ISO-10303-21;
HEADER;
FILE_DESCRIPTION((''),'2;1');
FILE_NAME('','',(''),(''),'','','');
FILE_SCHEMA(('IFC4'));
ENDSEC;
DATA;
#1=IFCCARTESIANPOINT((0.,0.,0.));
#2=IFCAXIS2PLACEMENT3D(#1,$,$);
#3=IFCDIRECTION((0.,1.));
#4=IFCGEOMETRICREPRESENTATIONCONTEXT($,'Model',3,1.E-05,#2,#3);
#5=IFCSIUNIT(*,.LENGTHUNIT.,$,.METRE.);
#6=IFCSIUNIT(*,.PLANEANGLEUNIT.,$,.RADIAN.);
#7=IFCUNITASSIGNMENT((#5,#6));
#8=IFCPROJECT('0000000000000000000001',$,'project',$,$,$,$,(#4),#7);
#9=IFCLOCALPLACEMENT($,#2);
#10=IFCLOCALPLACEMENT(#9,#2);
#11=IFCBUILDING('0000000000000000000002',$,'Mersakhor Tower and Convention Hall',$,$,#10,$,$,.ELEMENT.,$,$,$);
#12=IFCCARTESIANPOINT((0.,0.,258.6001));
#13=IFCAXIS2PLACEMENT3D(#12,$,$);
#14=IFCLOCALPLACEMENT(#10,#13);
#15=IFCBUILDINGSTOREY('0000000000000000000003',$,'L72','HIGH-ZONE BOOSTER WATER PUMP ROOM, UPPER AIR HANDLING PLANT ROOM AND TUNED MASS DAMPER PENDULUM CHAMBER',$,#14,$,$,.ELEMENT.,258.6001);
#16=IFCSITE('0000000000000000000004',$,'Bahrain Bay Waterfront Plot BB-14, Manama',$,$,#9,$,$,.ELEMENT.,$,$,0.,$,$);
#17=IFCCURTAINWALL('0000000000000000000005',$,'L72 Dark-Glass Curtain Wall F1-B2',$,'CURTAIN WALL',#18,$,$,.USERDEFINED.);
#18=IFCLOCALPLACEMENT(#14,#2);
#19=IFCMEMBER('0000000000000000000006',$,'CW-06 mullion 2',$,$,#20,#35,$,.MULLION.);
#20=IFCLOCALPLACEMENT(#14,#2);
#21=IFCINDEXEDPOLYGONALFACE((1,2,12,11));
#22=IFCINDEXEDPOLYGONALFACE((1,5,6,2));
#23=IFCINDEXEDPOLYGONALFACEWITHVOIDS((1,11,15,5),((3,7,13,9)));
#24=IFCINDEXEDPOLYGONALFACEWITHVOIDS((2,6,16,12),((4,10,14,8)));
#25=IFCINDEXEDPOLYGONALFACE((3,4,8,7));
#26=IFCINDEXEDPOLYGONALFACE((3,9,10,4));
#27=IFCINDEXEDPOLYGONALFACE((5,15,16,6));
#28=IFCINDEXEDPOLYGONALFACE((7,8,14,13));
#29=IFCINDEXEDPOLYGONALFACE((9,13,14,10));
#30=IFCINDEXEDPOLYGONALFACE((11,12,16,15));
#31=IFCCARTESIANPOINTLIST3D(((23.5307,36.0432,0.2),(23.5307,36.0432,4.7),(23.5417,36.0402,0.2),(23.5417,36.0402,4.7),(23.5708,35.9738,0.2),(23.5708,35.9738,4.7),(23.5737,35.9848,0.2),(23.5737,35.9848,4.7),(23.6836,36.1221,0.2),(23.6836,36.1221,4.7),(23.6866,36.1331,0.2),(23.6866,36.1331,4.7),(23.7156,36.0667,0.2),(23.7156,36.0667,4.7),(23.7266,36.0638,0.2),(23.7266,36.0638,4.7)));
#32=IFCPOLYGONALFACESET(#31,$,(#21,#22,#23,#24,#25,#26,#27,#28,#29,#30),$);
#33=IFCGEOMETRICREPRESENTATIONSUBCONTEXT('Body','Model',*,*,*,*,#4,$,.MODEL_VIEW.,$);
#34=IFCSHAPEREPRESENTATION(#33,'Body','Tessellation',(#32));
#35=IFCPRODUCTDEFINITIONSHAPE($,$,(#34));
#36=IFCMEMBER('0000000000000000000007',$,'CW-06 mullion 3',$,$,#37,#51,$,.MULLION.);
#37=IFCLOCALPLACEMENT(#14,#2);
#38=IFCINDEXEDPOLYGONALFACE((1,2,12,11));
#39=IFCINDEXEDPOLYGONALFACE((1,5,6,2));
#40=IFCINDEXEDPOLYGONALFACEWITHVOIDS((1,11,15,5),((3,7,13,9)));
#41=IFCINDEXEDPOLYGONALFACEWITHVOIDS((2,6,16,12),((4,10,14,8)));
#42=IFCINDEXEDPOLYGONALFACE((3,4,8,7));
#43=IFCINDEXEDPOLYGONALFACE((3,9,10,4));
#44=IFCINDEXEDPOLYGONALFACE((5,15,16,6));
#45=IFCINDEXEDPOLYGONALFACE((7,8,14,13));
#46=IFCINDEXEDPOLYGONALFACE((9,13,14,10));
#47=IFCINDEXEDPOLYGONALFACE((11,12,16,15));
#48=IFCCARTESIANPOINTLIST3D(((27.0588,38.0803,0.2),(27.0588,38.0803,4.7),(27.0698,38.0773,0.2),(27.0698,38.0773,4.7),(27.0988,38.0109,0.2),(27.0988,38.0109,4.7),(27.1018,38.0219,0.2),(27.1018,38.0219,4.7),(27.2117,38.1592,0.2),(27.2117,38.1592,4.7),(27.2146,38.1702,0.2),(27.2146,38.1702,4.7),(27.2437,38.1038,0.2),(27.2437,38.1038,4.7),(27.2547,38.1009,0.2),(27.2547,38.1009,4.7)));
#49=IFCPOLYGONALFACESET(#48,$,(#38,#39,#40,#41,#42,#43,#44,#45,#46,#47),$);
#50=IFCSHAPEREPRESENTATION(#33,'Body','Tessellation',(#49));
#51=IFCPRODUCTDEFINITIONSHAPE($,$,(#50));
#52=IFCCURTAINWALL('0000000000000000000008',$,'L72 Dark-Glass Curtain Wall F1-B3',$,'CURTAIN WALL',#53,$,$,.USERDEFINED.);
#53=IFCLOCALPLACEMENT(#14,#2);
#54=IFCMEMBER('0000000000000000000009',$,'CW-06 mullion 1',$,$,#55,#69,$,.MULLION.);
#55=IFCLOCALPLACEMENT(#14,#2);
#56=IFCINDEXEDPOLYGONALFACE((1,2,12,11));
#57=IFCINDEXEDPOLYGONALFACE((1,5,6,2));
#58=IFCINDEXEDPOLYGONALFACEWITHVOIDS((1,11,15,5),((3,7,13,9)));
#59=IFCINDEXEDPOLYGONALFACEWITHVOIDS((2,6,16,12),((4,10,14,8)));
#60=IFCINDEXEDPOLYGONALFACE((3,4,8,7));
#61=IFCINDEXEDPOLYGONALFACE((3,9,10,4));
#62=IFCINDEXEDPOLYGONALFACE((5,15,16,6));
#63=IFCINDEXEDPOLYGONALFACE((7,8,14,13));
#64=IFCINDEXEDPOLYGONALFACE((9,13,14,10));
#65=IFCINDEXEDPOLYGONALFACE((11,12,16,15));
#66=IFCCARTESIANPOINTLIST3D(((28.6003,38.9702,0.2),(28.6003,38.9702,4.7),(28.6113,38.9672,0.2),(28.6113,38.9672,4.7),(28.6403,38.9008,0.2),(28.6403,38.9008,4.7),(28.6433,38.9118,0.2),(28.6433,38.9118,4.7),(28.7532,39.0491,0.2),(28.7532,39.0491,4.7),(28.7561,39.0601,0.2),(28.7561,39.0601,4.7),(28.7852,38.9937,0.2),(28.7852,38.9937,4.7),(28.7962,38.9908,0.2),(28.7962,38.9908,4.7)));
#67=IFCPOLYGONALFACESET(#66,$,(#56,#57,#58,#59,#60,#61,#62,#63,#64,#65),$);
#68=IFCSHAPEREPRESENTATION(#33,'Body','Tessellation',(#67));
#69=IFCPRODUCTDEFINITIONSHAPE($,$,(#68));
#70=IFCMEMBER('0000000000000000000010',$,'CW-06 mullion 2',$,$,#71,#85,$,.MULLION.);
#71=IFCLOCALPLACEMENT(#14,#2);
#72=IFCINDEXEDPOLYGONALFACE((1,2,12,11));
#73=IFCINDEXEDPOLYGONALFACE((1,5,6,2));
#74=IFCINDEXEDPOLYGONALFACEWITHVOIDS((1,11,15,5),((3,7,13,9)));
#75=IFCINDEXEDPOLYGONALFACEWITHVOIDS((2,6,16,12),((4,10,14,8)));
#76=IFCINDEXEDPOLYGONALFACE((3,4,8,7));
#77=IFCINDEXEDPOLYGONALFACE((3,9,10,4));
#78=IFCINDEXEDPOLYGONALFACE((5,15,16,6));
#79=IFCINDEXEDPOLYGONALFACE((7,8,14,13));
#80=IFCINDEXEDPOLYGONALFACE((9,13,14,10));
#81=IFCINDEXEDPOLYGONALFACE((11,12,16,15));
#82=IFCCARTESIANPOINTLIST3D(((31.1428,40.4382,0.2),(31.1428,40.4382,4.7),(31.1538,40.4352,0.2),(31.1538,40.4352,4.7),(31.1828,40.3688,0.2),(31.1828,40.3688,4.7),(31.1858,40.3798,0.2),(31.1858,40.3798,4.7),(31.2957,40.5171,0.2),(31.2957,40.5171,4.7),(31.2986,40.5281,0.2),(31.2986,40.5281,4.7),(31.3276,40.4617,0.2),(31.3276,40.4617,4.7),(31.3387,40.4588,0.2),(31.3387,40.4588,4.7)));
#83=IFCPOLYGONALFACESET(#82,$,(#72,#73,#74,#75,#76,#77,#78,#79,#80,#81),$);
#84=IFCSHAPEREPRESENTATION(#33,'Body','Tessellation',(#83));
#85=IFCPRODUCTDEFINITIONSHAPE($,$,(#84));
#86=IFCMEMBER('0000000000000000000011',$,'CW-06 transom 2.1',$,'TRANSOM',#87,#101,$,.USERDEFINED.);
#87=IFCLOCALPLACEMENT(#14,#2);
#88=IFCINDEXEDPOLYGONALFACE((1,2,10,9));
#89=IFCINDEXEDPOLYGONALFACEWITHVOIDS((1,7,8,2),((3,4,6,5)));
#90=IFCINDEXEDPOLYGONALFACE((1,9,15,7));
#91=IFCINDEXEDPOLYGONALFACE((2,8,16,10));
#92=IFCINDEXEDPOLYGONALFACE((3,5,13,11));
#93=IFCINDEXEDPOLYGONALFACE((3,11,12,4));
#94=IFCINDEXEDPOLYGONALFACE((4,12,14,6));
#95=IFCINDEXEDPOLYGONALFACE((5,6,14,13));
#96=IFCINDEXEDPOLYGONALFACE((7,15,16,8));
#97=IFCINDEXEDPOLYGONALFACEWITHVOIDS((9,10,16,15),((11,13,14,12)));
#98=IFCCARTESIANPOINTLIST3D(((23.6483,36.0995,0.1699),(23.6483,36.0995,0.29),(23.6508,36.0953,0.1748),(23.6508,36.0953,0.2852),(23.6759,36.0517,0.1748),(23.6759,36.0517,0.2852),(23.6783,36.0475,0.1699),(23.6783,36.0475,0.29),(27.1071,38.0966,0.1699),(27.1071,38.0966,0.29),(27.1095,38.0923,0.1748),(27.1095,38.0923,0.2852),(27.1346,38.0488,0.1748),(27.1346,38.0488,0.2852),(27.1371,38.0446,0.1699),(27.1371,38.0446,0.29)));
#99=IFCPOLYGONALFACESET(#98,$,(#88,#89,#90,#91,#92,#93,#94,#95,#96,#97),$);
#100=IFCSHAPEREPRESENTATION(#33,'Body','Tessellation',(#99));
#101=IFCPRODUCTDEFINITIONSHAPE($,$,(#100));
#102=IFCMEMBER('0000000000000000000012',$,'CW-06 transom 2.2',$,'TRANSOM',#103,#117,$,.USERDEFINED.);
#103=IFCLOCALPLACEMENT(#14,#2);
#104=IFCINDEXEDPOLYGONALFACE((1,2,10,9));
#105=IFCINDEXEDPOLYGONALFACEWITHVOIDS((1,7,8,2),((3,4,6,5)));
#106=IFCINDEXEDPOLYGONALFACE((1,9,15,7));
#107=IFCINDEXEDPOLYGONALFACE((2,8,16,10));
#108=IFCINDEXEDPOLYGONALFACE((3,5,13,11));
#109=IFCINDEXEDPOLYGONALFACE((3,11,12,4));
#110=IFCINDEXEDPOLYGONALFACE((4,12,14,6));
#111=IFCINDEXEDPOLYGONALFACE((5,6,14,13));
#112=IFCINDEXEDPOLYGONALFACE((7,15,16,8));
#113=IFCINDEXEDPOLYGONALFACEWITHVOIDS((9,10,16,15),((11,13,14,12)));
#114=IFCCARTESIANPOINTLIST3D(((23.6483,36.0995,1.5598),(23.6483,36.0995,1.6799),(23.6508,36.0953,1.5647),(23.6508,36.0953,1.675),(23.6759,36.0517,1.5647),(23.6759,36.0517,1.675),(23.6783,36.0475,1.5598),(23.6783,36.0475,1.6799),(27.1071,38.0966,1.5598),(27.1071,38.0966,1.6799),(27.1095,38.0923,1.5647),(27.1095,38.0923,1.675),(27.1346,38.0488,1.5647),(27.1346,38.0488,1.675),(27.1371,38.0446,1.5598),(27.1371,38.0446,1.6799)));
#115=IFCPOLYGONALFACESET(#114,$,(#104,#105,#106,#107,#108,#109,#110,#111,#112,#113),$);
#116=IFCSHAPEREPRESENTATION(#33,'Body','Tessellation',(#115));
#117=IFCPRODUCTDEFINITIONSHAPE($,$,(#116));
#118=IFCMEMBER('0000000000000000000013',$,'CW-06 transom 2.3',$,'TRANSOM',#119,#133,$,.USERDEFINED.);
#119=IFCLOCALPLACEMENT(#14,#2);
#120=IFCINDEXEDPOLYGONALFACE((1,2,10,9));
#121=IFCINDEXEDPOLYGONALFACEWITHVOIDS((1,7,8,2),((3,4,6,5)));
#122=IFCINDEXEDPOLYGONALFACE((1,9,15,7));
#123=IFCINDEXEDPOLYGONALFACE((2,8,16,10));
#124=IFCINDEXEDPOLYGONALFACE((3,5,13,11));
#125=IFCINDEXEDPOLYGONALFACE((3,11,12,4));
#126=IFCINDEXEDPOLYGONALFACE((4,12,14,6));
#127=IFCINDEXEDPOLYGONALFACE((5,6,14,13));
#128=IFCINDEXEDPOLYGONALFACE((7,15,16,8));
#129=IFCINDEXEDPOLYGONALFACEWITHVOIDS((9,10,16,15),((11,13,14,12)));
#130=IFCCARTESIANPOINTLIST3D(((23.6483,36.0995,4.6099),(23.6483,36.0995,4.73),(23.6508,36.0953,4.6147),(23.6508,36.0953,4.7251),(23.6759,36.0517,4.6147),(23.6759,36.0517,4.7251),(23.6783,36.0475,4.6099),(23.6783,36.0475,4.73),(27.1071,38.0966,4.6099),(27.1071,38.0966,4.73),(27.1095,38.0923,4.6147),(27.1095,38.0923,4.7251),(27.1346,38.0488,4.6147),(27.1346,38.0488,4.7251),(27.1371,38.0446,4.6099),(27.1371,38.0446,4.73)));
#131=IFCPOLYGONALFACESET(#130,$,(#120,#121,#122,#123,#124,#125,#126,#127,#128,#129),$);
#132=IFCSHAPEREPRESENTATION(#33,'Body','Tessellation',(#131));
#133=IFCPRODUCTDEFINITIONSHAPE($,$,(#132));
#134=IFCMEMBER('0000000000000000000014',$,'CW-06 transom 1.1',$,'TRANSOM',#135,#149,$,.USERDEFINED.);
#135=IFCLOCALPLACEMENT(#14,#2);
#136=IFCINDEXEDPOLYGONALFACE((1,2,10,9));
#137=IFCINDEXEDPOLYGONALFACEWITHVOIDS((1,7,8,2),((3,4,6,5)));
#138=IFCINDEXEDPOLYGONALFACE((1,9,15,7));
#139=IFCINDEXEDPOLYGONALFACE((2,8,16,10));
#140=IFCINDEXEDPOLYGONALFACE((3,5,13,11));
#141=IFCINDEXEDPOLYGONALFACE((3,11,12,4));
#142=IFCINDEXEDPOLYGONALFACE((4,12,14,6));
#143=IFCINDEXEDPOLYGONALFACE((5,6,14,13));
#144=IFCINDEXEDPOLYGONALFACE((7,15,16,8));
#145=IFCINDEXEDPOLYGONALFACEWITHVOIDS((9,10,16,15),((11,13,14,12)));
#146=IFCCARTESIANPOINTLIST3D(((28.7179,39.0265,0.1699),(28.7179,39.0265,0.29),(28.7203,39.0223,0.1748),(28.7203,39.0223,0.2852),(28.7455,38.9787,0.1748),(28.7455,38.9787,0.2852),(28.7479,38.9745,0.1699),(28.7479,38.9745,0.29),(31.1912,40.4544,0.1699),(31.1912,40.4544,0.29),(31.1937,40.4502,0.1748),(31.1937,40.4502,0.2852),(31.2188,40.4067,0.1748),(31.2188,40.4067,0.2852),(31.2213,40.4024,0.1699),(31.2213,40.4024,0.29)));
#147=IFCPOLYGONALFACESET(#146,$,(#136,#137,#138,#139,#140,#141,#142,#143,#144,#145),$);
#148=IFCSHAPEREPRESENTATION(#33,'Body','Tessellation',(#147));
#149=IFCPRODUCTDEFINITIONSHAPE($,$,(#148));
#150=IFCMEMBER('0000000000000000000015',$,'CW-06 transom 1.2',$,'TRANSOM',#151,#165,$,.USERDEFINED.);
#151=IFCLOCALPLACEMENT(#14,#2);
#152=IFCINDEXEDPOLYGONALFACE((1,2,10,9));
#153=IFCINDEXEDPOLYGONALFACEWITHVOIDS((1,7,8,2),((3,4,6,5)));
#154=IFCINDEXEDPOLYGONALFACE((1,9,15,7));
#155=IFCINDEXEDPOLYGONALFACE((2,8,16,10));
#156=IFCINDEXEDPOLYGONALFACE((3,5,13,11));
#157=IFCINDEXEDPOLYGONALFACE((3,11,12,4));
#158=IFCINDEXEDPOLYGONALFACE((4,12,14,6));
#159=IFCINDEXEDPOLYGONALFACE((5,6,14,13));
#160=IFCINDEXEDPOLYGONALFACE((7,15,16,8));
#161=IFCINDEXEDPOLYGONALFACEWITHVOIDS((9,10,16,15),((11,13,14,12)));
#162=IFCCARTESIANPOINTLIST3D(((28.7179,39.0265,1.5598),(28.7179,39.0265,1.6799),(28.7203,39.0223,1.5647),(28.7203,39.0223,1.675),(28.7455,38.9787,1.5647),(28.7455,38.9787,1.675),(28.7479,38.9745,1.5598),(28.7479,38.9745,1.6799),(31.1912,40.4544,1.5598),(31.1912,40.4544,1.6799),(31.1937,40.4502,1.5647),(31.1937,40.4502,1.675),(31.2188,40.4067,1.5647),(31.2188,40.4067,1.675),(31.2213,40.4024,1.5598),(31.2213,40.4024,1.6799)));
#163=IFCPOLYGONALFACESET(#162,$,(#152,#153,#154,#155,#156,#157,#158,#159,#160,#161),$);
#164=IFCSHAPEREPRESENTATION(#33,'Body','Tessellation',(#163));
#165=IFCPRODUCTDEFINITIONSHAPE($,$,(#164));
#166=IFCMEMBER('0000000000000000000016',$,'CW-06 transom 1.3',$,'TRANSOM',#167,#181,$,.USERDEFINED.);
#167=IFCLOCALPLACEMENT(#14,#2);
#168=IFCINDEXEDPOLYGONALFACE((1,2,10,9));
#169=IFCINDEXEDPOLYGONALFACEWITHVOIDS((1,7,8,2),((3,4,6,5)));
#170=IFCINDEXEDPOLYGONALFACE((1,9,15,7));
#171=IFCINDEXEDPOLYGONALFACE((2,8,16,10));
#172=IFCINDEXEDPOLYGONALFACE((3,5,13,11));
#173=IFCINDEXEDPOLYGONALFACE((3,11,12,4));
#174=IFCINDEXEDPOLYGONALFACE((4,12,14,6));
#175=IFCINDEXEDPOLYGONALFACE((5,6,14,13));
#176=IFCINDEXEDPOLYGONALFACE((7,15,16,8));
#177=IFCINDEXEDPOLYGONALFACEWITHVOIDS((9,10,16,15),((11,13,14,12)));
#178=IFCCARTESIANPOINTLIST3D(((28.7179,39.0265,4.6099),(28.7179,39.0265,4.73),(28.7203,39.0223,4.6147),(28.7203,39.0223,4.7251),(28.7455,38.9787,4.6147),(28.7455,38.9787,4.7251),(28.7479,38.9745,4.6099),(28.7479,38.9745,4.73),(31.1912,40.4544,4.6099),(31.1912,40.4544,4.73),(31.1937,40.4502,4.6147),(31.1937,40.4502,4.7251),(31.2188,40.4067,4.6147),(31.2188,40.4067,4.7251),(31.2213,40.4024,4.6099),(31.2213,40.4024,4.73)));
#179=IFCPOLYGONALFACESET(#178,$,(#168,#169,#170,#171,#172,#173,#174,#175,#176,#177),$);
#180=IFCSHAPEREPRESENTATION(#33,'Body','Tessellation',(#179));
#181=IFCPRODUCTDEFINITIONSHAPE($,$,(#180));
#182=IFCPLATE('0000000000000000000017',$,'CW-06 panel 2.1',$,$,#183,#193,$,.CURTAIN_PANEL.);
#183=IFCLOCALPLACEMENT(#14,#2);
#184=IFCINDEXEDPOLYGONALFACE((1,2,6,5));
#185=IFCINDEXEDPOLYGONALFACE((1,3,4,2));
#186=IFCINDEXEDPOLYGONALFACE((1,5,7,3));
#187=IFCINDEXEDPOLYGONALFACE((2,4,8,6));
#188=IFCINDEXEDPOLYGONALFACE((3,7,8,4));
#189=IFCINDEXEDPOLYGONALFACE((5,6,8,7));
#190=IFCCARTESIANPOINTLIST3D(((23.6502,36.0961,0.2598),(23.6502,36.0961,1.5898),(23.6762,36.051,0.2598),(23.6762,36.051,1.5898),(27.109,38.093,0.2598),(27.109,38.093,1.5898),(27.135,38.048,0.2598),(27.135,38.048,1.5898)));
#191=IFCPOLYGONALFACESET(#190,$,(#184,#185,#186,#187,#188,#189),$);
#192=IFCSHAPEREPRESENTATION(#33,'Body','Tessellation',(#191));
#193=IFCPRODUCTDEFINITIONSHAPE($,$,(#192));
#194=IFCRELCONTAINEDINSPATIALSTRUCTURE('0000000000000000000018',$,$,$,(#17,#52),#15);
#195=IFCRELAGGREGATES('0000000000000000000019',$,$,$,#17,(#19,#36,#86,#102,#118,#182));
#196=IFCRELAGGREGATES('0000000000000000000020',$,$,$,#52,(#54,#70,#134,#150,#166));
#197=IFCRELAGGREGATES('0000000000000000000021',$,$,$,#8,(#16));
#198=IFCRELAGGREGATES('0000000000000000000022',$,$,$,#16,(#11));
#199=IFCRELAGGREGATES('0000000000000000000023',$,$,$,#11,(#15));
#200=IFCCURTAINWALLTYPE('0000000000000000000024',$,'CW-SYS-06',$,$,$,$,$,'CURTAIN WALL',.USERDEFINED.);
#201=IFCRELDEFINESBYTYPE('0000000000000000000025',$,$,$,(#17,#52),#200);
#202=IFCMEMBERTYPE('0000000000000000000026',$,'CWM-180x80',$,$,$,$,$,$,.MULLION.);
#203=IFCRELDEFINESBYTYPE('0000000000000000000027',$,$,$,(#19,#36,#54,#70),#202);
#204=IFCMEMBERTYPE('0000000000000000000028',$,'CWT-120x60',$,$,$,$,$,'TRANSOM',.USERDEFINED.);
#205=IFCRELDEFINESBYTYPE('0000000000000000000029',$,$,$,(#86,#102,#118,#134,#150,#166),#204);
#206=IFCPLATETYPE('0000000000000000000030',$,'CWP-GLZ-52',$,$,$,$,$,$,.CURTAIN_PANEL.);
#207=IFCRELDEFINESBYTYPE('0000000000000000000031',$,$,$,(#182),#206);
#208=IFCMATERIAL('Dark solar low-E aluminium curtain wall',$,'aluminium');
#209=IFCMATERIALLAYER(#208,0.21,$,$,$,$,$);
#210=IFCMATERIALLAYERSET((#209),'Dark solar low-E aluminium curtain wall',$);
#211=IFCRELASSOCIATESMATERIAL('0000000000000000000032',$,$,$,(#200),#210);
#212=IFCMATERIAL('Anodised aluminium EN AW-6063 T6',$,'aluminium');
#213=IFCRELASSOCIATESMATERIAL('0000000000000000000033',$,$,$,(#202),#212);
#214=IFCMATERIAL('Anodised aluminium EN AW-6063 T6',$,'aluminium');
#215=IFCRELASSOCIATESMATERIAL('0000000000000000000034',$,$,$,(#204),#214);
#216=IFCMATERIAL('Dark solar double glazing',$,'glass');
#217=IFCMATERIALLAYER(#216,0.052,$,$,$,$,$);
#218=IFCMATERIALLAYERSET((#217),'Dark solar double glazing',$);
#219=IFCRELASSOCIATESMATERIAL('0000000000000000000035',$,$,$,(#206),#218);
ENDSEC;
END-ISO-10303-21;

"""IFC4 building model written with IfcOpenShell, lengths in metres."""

from ifc_helpers import new_model, si_unit, direction, frame, origin, origin_2d, place, context, subcontext, project, spatial, rectangle, hollow_rectangle, extrude, material, layer, layer_set, material_profile, profile_set, type_object, element, aggregate, save


model = new_model("IFC4")

# Units and contexts
model_context = context("Model", 3, precision=1e-05, world=origin(), true_north=direction((0.0, 1.0)))
body_context = subcontext(model_context, "Body", "Model", "MODEL_VIEW")
ifc_project = project(units=[si_unit("LENGTHUNIT", "METRE"), si_unit("PLANEANGLEUNIT", "RADIAN")], contexts=[model_context])

# Site, building, storey
site_placement = place(None, origin())
site = spatial("IfcSite", under=ifc_project, at=site_placement, Name="Bahrain Bay Waterfront Plot BB-14, Manama", CompositionType="ELEMENT", RefElevation=0.0)
building_placement = place(site_placement, origin())
building = spatial("IfcBuilding", under=site, at=building_placement, Name="Mersakhor Tower and Convention Hall", CompositionType="ELEMENT")
storey_placement = place(building_placement, frame((0.0, 0.0, 258.6001)))
storey = spatial("IfcBuildingStorey", under=building, at=storey_placement, Name="L72", Description="HIGH-ZONE BOOSTER WATER PUMP ROOM, UPPER AIR HANDLING PLANT ROOM AND TUNED MASS DAMPER PENDULUM CHAMBER", CompositionType="ELEMENT", Elevation=258.6001)

# Curtain walls, members
ifc_material_1 = material(Name="Dark solar low-E aluminium curtain wall", Category="aluminium")
ifc_layer_1 = layer(ifc_material_1, 0.21)
ifc_layer_set_1 = layer_set([ifc_layer_1], Name="Dark solar low-E aluminium curtain wall")
curtain_wall_type = type_object("IfcCurtainWallType", Name="CW-SYS-06", ElementType="CURTAIN WALL", PredefinedType="USERDEFINED", material=ifc_layer_set_1)
curtain_wall_1_placement = place(storey_placement, origin())
curtain_wall_1 = element("IfcCurtainWall", 1, at=curtain_wall_1_placement, inside=storey, type_object=curtain_wall_type, Name="L72 Dark-Glass Curtain Wall F1-B2", ObjectType="CURTAIN WALL", PredefinedType="USERDEFINED")
ifc_material_2 = material(Name="Anodised aluminium EN AW-6063 T6", Category="aluminium")
ifc_material_profile_1 = material_profile(ifc_material_2, hollow_rectangle(XDim=0.0801, YDim=0.1799, WallThickness=0.0081, at=origin_2d()), Name="RHS 180x80x8")
ifc_profile_set_1 = profile_set([ifc_material_profile_1], Name="Anodised aluminium EN AW-6063 T6")
member_type_1 = type_object("IfcMemberType", Name="CWM-180x80", PredefinedType="MULLION", material=ifc_profile_set_1)
member_1_placement = place(storey_placement, frame((23.6287, 36.0535, 0.2), z_axis=(0.0, 0.0, 1.0), x_axis=(-0.500004, 0.866023, 0.0)))
member_1 = element("IfcMember", 2, at=member_1_placement, type_object=member_type_1, Name="CW-06 mullion 2", PredefinedType="MULLION", context=body_context, shape_type="SweptSolid", body=[
    extrude(hollow_rectangle(XDim=0.0801, YDim=0.1799, WallThickness=0.0081, at=origin_2d()), origin(), (0.0, 0.0, 1.0), 4.5),
])
member_2_placement = place(storey_placement, frame((27.1567, 38.0906, 0.2), z_axis=(0.0, 0.0, 1.0), x_axis=(-0.500004, 0.866023, 0.0)))
member_2 = element("IfcMember", 3, at=member_2_placement, type_object=member_type_1, Name="CW-06 mullion 3", PredefinedType="MULLION", context=body_context, shape_type="SweptSolid", body=[
    extrude(hollow_rectangle(XDim=0.0801, YDim=0.1799, WallThickness=0.0081, at=origin_2d()), origin(), (0.0, 0.0, 1.0), 4.5),
])
curtain_wall_2_placement = place(storey_placement, origin())
curtain_wall_2 = element("IfcCurtainWall", 4, at=curtain_wall_2_placement, inside=storey, type_object=curtain_wall_type, Name="L72 Dark-Glass Curtain Wall F1-B3", ObjectType="CURTAIN WALL", PredefinedType="USERDEFINED")
member_3_placement = place(storey_placement, frame((28.6982, 38.9805, 0.2), z_axis=(0.0, 0.0, 1.0), x_axis=(-0.5, 0.866025, 0.0)))
member_3 = element("IfcMember", 5, at=member_3_placement, type_object=member_type_1, Name="CW-06 mullion 1", PredefinedType="MULLION", context=body_context, shape_type="SweptSolid", body=[
    extrude(hollow_rectangle(XDim=0.0801, YDim=0.1799, WallThickness=0.0081, at=origin_2d()), origin(), (0.0, 0.0, 1.0), 4.5),
])
member_4_placement = place(storey_placement, frame((31.2407, 40.4485, 0.2), z_axis=(0.0, 0.0, 1.0), x_axis=(-0.5, 0.866025, 0.0)))
member_4 = element("IfcMember", 6, at=member_4_placement, type_object=member_type_1, Name="CW-06 mullion 2", PredefinedType="MULLION", context=body_context, shape_type="SweptSolid", body=[
    extrude(hollow_rectangle(XDim=0.0801, YDim=0.1799, WallThickness=0.0081, at=origin_2d()), origin(), (0.0, 0.0, 1.0), 4.5),
])

# Members
ifc_material_3 = material(Name="Anodised aluminium EN AW-6063 T6", Category="aluminium")
ifc_material_profile_2 = material_profile(ifc_material_3, hollow_rectangle(XDim=0.0601, YDim=0.1201, WallThickness=0.0049, at=origin_2d()), Name="RHS 120x60x5")
ifc_profile_set_2 = profile_set([ifc_material_profile_2], Name="Anodised aluminium EN AW-6063 T6")
member_type_2 = type_object("IfcMemberType", Name="CWT-120x60", ElementType="TRANSOM", PredefinedType="USERDEFINED", material=ifc_profile_set_2)
member_5_placement = place(storey_placement, frame((23.6633, 36.0735, 0.23), z_axis=(0.866007, 0.500031, 0.0), x_axis=(-0.500031, 0.866007, 0.0)))
member_5 = element("IfcMember", 7, at=member_5_placement, type_object=member_type_2, Name="CW-06 transom 2.1", ObjectType="TRANSOM", PredefinedType="USERDEFINED", context=body_context, shape_type="SweptSolid", body=[
    extrude(hollow_rectangle(XDim=0.0601, YDim=0.1201, WallThickness=0.0049, at=origin_2d()), origin(), (0.0, 0.0, 1.0), 3.9939),
])
member_6_placement = place(storey_placement, frame((23.6633, 36.0735, 1.6199), z_axis=(0.866007, 0.500031, 0.0), x_axis=(-0.500031, 0.866007, 0.0)))
member_6 = element("IfcMember", 8, at=member_6_placement, type_object=member_type_2, Name="CW-06 transom 2.2", ObjectType="TRANSOM", PredefinedType="USERDEFINED", context=body_context, shape_type="SweptSolid", body=[
    extrude(hollow_rectangle(XDim=0.0601, YDim=0.1201, WallThickness=0.0049, at=origin_2d()), origin(), (0.0, 0.0, 1.0), 3.9939),
])
member_7_placement = place(storey_placement, frame((23.6633, 36.0735, 4.6699), z_axis=(0.866007, 0.500031, 0.0), x_axis=(-0.500031, 0.866007, 0.0)))
member_7 = element("IfcMember", 9, at=member_7_placement, type_object=member_type_2, Name="CW-06 transom 2.3", ObjectType="TRANSOM", PredefinedType="USERDEFINED", context=body_context, shape_type="SweptSolid", body=[
    extrude(hollow_rectangle(XDim=0.0601, YDim=0.1201, WallThickness=0.0049, at=origin_2d()), origin(), (0.0, 0.0, 1.0), 3.9939),
])
member_8_placement = place(storey_placement, frame((28.7329, 39.0005, 0.23), z_axis=(0.86603, 0.499991, 0.0), x_axis=(-0.499991, 0.86603, 0.0)))
member_8 = element("IfcMember", 10, at=member_8_placement, type_object=member_type_2, Name="CW-06 transom 1.1", ObjectType="TRANSOM", PredefinedType="USERDEFINED", context=body_context, shape_type="SweptSolid", body=[
    extrude(hollow_rectangle(XDim=0.0601, YDim=0.1201, WallThickness=0.0049, at=origin_2d()), origin(), (0.0, 0.0, 1.0), 2.856),
])
member_9_placement = place(storey_placement, frame((28.7329, 39.0005, 1.6199), z_axis=(0.86603, 0.499991, 0.0), x_axis=(-0.499991, 0.86603, 0.0)))
member_9 = element("IfcMember", 11, at=member_9_placement, type_object=member_type_2, Name="CW-06 transom 1.2", ObjectType="TRANSOM", PredefinedType="USERDEFINED", context=body_context, shape_type="SweptSolid", body=[
    extrude(hollow_rectangle(XDim=0.0601, YDim=0.1201, WallThickness=0.0049, at=origin_2d()), origin(), (0.0, 0.0, 1.0), 2.856),
])
member_10_placement = place(storey_placement, frame((28.7329, 39.0005, 4.6699), z_axis=(0.86603, 0.499991, 0.0), x_axis=(-0.499991, 0.86603, 0.0)))
member_10 = element("IfcMember", 12, at=member_10_placement, type_object=member_type_2, Name="CW-06 transom 1.3", ObjectType="TRANSOM", PredefinedType="USERDEFINED", context=body_context, shape_type="SweptSolid", body=[
    extrude(hollow_rectangle(XDim=0.0601, YDim=0.1201, WallThickness=0.0049, at=origin_2d()), origin(), (0.0, 0.0, 1.0), 2.856),
])

# Plate
ifc_material_4 = material(Name="Dark solar double glazing", Category="glass")
ifc_layer_2 = layer(ifc_material_4, 0.052)
ifc_layer_set_2 = layer_set([ifc_layer_2], Name="Dark solar double glazing")
plate_type = type_object("IfcPlateType", Name="CWP-GLZ-52", PredefinedType="CURTAIN_PANEL", material=ifc_layer_set_2)
plate_1_placement = place(storey_placement, frame((25.3926, 37.072, 0.2598), z_axis=(0.0, 0.0, 1.0), x_axis=(0.866023, 0.500004, 0.0)))
plate_1 = element("IfcPlate", 13, at=plate_1_placement, type_object=plate_type, Name="CW-06 panel 2.1", PredefinedType="CURTAIN_PANEL", context=body_context, shape_type="SweptSolid", body=[
    extrude(rectangle(XDim=3.9939, YDim=0.052, at=origin_2d()), origin(), (0.0, 0.0, 1.0), 1.3301),
])
aggregate(curtain_wall_1, [member_1, member_2, member_5, member_6, member_7, plate_1])
aggregate(curtain_wall_2, [member_3, member_4, member_8, member_9, member_10])

save(model, "model.ifc")
